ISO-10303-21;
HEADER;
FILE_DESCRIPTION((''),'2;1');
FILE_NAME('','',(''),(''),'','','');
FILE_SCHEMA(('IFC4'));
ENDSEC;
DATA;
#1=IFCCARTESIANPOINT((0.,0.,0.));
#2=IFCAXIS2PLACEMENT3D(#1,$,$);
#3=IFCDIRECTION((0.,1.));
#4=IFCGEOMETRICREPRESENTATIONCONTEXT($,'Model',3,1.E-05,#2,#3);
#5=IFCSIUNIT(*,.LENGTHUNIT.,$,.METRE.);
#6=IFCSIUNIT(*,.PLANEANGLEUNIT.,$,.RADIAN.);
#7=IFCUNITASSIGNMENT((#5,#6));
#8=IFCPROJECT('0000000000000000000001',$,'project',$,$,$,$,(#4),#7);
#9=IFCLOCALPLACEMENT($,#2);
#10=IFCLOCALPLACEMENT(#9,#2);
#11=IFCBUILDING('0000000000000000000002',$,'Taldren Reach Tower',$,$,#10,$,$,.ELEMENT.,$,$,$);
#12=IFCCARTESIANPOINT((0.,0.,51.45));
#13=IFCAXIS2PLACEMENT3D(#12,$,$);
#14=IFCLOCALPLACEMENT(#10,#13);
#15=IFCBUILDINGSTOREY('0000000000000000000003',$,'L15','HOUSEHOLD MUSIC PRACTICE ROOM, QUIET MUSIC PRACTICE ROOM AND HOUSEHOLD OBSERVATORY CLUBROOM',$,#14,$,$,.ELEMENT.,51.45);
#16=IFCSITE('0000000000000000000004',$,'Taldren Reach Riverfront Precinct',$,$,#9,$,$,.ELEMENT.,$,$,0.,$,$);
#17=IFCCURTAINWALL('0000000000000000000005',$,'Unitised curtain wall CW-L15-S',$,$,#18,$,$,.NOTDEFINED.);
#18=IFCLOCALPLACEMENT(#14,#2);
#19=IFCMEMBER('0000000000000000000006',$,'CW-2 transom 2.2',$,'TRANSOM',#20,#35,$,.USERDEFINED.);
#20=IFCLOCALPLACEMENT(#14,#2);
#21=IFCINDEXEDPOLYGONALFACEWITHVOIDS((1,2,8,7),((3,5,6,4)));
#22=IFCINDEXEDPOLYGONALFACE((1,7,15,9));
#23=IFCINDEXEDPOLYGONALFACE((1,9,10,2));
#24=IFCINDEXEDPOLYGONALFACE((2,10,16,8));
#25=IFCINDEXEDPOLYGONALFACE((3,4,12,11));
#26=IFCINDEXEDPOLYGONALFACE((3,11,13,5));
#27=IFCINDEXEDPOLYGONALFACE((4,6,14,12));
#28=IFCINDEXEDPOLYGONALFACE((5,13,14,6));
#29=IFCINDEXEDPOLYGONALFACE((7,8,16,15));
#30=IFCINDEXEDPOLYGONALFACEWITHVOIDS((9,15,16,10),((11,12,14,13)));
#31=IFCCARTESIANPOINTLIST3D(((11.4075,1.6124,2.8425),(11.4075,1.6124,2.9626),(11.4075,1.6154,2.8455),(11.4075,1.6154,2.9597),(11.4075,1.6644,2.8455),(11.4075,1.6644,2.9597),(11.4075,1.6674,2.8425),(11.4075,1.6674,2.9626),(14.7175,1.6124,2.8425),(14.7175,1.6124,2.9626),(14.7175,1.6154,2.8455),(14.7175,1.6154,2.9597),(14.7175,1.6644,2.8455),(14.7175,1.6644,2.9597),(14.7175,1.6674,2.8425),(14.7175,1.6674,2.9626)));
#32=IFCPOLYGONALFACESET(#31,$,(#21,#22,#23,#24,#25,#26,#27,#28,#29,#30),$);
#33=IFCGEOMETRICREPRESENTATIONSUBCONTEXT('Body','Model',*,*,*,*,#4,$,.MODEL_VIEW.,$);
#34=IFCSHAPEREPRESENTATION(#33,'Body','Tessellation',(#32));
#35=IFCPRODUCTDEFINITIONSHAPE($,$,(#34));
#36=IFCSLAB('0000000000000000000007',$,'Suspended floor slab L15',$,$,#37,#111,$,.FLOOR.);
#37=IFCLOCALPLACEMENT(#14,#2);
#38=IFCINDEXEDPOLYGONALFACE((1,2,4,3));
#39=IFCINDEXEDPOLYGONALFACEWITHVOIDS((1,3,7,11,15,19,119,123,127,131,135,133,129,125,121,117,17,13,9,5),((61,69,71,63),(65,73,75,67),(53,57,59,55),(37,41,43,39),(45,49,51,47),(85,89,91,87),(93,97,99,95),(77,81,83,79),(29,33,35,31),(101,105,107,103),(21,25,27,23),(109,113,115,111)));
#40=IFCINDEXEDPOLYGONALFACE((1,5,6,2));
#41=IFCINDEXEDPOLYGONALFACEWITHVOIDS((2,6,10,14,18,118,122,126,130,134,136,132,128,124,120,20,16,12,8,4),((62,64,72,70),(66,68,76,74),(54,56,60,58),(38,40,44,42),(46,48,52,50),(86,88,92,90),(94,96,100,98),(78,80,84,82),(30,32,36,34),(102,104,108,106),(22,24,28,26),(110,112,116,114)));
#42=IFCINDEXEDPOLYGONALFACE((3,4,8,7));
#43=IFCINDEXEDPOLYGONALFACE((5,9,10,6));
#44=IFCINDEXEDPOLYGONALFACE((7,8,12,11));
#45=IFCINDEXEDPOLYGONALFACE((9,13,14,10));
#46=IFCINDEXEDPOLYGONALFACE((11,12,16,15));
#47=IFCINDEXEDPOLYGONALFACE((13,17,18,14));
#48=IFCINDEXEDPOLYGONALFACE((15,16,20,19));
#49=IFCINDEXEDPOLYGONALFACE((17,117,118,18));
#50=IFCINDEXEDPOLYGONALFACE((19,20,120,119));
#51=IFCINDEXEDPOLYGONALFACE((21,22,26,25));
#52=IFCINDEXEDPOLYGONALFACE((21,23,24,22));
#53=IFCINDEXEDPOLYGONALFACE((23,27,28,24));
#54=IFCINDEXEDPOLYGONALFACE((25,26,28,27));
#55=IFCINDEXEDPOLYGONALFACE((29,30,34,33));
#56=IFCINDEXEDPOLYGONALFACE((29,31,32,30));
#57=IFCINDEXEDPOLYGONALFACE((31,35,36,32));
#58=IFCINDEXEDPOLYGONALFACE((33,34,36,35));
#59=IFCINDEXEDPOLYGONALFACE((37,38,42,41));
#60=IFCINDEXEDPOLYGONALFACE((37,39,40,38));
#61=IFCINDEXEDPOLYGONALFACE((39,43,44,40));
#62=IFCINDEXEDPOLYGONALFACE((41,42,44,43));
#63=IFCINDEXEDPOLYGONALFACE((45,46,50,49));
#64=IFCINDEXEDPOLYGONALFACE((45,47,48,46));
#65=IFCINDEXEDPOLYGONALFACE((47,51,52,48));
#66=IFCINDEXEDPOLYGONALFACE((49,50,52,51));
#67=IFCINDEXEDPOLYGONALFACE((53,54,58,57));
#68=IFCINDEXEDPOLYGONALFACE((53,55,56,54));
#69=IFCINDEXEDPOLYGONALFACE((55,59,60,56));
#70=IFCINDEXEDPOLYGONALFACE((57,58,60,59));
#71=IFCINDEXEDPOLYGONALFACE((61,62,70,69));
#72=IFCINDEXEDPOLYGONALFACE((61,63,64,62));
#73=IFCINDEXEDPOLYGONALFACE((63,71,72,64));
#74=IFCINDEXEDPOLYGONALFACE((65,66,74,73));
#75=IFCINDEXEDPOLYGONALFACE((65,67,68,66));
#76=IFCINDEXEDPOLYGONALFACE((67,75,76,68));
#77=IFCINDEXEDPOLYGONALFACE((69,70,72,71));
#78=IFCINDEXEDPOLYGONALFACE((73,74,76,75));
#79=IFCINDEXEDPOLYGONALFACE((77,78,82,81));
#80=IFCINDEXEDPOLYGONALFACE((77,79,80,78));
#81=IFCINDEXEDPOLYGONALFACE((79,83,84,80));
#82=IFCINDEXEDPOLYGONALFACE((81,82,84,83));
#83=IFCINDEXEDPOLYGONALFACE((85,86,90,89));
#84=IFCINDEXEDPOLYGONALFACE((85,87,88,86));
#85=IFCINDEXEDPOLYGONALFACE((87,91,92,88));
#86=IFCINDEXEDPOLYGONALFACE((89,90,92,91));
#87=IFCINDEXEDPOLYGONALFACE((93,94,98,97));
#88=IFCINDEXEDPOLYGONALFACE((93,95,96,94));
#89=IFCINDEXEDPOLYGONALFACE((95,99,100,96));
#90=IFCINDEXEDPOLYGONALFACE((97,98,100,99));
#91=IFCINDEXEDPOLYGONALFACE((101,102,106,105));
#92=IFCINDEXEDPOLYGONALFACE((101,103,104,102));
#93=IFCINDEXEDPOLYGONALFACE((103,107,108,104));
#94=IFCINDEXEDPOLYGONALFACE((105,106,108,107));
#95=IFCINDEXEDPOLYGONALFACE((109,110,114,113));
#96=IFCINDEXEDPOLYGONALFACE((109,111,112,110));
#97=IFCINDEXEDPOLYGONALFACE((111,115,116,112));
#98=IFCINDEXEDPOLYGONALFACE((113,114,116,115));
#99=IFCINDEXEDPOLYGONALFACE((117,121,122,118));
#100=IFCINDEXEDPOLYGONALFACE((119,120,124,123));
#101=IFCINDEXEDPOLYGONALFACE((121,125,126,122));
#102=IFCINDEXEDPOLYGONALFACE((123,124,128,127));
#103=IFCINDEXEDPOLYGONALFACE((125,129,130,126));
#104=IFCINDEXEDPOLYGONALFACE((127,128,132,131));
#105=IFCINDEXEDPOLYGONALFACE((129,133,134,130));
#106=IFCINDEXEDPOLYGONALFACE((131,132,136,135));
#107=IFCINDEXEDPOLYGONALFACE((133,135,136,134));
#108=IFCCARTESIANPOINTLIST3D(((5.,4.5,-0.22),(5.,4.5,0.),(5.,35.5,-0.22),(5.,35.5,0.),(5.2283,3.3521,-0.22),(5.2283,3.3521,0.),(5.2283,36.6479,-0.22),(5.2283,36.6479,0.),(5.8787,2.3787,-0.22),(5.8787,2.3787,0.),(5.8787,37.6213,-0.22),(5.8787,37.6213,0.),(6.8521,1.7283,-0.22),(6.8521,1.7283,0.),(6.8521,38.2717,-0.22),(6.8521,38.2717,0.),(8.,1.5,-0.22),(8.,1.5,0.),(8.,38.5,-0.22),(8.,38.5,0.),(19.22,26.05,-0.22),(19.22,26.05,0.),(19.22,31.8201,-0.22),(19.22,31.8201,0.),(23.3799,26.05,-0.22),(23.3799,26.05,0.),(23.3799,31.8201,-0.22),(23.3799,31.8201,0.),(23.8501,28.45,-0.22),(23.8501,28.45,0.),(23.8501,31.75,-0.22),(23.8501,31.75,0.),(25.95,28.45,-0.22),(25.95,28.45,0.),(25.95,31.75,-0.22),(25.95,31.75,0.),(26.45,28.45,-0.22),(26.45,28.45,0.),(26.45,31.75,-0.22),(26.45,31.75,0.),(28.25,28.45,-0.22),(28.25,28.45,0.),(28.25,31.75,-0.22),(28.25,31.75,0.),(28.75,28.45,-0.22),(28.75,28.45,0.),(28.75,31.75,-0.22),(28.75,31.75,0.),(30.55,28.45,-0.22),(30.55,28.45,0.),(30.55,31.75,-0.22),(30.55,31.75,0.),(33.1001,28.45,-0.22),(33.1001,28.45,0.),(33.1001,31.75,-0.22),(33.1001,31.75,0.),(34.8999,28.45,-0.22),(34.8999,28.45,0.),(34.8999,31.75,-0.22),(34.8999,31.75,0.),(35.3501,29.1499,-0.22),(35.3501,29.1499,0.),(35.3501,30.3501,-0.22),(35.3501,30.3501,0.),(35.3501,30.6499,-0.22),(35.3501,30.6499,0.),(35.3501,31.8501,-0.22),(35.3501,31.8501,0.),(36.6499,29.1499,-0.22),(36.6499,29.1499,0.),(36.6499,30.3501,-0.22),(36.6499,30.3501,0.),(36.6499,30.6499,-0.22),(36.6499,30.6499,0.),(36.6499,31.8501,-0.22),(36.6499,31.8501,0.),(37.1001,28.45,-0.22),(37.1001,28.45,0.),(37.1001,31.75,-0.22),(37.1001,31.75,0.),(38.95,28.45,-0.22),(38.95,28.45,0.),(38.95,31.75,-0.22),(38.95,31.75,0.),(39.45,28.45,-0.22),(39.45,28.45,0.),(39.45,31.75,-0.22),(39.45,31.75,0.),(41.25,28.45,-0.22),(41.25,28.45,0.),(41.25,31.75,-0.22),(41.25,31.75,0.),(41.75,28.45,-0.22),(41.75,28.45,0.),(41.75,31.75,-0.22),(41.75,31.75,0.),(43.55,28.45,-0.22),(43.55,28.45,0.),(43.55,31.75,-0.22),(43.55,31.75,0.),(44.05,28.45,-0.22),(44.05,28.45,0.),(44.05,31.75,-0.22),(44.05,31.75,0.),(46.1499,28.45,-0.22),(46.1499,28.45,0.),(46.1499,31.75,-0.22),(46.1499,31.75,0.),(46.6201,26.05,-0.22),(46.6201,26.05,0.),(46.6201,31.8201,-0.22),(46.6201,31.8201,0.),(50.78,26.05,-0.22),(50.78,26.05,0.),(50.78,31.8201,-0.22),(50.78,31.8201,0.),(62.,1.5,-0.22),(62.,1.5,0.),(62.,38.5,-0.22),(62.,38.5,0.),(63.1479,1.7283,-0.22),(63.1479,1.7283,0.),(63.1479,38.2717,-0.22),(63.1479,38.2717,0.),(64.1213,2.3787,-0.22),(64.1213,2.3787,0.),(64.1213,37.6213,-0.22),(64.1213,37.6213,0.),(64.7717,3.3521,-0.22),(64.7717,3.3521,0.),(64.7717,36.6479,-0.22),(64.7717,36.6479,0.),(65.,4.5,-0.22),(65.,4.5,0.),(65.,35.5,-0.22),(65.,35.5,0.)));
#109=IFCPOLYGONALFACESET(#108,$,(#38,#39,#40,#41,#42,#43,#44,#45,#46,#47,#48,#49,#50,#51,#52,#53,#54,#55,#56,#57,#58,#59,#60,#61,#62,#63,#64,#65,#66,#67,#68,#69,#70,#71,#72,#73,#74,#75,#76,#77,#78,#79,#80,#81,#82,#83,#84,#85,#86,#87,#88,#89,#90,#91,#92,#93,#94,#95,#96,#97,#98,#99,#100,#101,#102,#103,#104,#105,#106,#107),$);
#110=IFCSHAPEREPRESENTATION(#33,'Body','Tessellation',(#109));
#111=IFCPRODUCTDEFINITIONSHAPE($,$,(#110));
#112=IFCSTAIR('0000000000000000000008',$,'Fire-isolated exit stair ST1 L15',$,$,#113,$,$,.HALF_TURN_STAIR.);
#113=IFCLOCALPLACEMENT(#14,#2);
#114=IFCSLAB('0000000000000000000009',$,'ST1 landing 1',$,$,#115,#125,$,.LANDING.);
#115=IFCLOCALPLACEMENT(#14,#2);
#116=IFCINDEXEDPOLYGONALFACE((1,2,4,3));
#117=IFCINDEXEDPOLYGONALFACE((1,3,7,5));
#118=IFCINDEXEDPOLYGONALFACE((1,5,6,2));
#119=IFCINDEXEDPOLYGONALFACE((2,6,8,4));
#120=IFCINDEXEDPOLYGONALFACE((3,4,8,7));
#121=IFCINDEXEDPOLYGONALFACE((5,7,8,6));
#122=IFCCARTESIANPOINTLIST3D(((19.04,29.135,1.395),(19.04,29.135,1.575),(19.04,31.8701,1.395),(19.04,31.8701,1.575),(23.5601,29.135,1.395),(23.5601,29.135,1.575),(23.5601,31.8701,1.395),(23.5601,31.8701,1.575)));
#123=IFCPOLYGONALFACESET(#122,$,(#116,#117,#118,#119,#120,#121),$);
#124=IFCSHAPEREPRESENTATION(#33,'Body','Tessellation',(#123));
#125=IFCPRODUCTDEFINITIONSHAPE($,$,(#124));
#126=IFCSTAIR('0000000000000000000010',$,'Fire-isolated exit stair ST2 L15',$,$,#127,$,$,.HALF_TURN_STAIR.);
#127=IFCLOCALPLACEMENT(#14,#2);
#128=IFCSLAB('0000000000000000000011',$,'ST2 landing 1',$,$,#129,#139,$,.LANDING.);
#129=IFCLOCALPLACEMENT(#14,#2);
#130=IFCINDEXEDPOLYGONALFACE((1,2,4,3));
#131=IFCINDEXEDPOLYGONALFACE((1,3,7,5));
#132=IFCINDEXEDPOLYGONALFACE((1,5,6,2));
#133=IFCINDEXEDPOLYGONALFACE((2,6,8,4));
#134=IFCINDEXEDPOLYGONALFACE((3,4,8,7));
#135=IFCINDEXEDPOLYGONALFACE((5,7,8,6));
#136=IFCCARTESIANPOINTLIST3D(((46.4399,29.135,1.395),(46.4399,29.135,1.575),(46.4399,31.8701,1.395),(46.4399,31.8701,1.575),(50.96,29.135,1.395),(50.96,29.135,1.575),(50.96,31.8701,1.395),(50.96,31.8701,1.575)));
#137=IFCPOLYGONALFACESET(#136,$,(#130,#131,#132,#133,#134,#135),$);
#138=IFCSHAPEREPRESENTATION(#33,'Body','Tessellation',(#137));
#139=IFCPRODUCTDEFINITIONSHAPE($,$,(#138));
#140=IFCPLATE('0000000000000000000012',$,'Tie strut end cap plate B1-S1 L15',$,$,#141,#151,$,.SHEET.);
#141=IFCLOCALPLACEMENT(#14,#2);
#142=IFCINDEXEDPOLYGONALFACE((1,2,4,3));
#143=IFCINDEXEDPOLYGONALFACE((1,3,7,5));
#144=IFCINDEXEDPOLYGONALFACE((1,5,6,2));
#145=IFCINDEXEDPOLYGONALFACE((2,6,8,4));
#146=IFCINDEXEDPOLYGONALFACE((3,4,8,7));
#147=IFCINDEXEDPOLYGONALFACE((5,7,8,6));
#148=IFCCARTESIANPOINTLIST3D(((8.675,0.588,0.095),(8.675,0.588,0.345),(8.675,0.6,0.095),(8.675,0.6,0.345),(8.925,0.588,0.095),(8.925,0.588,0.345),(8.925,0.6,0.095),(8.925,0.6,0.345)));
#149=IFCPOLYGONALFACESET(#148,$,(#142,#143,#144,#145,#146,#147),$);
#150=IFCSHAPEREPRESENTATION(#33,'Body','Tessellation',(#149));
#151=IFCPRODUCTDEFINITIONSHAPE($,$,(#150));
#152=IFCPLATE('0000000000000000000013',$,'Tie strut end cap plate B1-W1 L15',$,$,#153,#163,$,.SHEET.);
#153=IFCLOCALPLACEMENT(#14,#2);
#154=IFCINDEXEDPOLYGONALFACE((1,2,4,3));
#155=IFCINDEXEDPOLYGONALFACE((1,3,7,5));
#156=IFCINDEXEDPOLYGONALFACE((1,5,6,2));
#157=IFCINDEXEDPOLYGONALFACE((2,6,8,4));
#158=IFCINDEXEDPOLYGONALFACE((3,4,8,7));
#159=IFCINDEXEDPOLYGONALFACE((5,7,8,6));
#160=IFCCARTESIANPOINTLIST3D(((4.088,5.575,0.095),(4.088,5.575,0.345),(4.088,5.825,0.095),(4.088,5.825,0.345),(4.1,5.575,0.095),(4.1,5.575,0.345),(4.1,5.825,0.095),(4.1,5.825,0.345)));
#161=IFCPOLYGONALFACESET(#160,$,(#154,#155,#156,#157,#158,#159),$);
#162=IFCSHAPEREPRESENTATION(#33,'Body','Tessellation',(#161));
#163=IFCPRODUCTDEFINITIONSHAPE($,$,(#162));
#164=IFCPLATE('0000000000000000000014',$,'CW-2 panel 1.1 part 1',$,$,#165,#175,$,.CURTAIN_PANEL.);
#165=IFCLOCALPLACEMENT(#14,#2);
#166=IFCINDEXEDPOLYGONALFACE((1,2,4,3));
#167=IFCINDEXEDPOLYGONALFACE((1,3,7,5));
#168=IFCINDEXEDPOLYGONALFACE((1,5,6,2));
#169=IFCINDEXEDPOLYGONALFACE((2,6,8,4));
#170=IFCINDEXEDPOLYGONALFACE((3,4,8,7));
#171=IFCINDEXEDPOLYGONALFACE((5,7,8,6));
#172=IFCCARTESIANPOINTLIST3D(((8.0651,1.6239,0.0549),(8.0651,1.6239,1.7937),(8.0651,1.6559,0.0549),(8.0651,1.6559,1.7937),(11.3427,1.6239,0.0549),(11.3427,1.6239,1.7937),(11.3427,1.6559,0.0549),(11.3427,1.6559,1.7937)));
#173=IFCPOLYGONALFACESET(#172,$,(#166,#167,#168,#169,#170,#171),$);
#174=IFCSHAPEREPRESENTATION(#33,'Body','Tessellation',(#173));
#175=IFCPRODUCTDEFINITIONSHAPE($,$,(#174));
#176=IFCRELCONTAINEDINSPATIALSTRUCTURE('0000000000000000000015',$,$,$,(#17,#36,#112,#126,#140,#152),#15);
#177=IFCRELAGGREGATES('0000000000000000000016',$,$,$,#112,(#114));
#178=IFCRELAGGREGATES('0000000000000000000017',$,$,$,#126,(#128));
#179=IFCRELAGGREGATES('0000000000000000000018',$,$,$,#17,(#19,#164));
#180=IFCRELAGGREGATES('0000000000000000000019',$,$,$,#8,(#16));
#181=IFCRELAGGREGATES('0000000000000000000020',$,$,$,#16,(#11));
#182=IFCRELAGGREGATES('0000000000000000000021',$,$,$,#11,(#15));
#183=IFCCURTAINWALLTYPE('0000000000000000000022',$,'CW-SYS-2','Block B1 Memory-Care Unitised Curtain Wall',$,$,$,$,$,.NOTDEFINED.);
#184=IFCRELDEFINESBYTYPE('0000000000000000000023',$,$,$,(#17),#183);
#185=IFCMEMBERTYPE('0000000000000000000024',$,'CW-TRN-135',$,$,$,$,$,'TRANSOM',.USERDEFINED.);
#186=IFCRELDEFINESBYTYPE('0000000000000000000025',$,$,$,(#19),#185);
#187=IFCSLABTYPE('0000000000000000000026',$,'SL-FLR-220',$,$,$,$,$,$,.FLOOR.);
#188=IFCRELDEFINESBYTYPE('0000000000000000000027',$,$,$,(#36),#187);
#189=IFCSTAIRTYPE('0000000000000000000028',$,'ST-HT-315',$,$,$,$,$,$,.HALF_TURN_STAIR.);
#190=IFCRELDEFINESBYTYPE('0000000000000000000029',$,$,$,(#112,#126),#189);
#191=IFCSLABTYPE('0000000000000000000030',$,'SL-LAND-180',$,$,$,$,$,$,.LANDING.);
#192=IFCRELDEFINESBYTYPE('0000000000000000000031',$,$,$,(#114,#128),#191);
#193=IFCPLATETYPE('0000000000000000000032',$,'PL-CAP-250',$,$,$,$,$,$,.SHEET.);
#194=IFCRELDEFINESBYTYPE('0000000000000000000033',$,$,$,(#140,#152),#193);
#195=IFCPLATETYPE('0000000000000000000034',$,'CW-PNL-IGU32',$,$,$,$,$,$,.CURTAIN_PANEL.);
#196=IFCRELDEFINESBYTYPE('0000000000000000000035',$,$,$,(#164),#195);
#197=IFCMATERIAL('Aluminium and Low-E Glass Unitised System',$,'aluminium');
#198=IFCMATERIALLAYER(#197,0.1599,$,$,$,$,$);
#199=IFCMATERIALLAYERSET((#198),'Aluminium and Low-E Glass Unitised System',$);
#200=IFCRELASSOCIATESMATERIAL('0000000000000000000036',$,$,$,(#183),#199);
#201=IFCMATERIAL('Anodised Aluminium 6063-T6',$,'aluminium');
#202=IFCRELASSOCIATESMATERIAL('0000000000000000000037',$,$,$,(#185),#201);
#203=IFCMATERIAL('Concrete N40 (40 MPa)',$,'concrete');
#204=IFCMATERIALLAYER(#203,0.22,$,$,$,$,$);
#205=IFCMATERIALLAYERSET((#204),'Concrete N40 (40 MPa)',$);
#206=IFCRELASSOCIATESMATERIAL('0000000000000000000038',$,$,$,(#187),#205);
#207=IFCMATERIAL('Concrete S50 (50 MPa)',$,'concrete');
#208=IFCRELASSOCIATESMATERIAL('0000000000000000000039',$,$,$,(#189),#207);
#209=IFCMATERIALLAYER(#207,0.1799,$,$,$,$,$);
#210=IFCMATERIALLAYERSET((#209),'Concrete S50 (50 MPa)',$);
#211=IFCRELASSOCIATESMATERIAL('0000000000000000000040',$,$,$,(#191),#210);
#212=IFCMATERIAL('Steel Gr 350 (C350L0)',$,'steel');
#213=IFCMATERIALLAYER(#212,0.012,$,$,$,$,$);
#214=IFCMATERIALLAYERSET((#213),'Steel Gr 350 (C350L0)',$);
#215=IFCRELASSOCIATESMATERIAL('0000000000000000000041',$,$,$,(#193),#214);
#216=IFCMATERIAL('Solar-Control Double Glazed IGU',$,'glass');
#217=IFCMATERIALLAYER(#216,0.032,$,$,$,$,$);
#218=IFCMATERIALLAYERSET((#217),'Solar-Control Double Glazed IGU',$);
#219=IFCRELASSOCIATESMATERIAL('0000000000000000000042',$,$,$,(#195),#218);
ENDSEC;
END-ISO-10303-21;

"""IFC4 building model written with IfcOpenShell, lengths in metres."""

from ifc_helpers import new_model, si_unit, direction, frame, origin, origin_2d, place, context, subcontext, project, spatial, polyline, rectangle, hollow_rectangle, outline, extrude, source, transform, mapped, material, layer, layer_set, material_profile, profile_set, type_object, element, aggregate, save


model = new_model("IFC4")

# Units and contexts
model_context = context("Model", 3, precision=1e-05, world=origin(), true_north=direction((0.0, 1.0)))
body_context = subcontext(model_context, "Body", "Model", "MODEL_VIEW")
ifc_project = project(units=[si_unit("LENGTHUNIT", "METRE"), si_unit("PLANEANGLEUNIT", "RADIAN")], contexts=[model_context])

# Site, building, storey
site_placement = place(None, origin())
site = spatial("IfcSite", under=ifc_project, at=site_placement, Name="Taldren Reach Riverfront Precinct", CompositionType="ELEMENT", RefElevation=0.0)
building_placement = place(site_placement, origin())
building = spatial("IfcBuilding", under=site, at=building_placement, Name="Taldren Reach Tower", CompositionType="ELEMENT")
storey_placement = place(building_placement, frame((0.0, 0.0, 51.45)))
storey = spatial("IfcBuildingStorey", under=building, at=storey_placement, Name="L15", Description="HOUSEHOLD MUSIC PRACTICE ROOM, QUIET MUSIC PRACTICE ROOM AND HOUSEHOLD OBSERVATORY CLUBROOM", CompositionType="ELEMENT", Elevation=51.45)

# Shared definitions
ifc_material_1 = material(Name="Steel Gr 350 (C350L0)", Category="steel")

# Curtain wall
ifc_material_2 = material(Name="Aluminium and Low-E Glass Unitised System", Category="aluminium")
ifc_layer_1 = layer(ifc_material_2, 0.1599)
ifc_layer_set_1 = layer_set([ifc_layer_1], Name="Aluminium and Low-E Glass Unitised System")
curtain_wall_type = type_object("IfcCurtainWallType", Name="CW-SYS-2", Description="Block B1 Memory-Care Unitised Curtain Wall", PredefinedType="NOTDEFINED", material=ifc_layer_set_1)
curtain_wall_1_placement = place(storey_placement, origin())
curtain_wall_1 = element("IfcCurtainWall", 1, at=curtain_wall_1_placement, inside=storey, type_object=curtain_wall_type, Name="Unitised curtain wall CW-L15-S", PredefinedType="NOTDEFINED")
ifc_material_3 = material(Name="Anodised Aluminium 6063-T6", Category="aluminium")

# Member
ifc_material_profile_1 = material_profile(ifc_material_3, hollow_rectangle(XDim=0.0549, YDim=0.1201, WallThickness=0.0029, at=origin_2d()), Name="ALU-120x55x3RHS")
ifc_profile_set_1 = profile_set([ifc_material_profile_1], Name="Anodised Aluminium 6063-T6")
member_type_1 = type_object("IfcMemberType", Name="CW-TRN-135", ElementType="TRANSOM", PredefinedType="USERDEFINED", material=ifc_profile_set_1)
shared_shape_1 = source(origin(), body_context, "Body", "SweptSolid", [
    extrude(hollow_rectangle(XDim=0.0549, YDim=0.1201, WallThickness=0.0029, at=origin_2d()), origin(), (0.0, 0.0, 1.0), 3.3101),
])
member_1_placement = place(storey_placement, frame((11.4075, 1.6399, 2.9026), z_axis=(1.0, 0.0, 0.0), x_axis=(0.0, 1.0, 0.0)))
member_1 = element("IfcMember", 2, at=member_1_placement, type_object=member_type_1, Name="CW-2 transom 2.2", ObjectType="TRANSOM", PredefinedType="USERDEFINED", context=body_context, shape_type="MappedRepresentation", body=[
    mapped(shared_shape_1, transform((0.0, 0.0, 0.0), scale=1.0)),
])

# Slab
ifc_material_4 = material(Name="Concrete N40 (40 MPa)", Category="concrete")
ifc_layer_2 = layer(ifc_material_4, 0.22)
ifc_layer_set_2 = layer_set([ifc_layer_2], Name="Concrete N40 (40 MPa)")
slab_type_1 = type_object("IfcSlabType", Name="SL-FLR-220", PredefinedType="FLOOR", material=ifc_layer_set_2)
slab_1_placement = place(storey_placement, frame((0.0, 0.0, -0.22)))
element("IfcSlab", 3, at=slab_1_placement, inside=storey, type_object=slab_type_1, Name="Suspended floor slab L15", PredefinedType="FLOOR", context=body_context, shape_type="SweptSolid", body=[
    extrude(outline(polyline([(62.0, 1.5), (63.1479, 1.7283), (64.1213, 2.3787), (64.7717, 3.3521), (65.0, 4.5), (65.0, 35.5), (64.7717, 36.6479), (64.1213, 37.6213), (63.1479, 38.2717), (62.0, 38.5), (8.0, 38.5), (6.8521, 38.2717), (5.8787, 37.6213), (5.2283, 36.6479), (5.0, 35.5), (5.0, 4.5), (5.2283, 3.3521), (5.8787, 2.3787), (6.8521, 1.7283), (8.0, 1.5), (62.0, 1.5)]), holes=[polyline([(19.22, 26.05), (23.3799, 26.05), (23.3799, 31.8201), (19.22, 31.8201), (19.22, 26.05)]), polyline([(46.6201, 26.05), (50.78, 26.05), (50.78, 31.8201), (46.6201, 31.8201), (46.6201, 26.05)]), polyline([(23.8501, 28.45), (25.95, 28.45), (25.95, 31.75), (23.8501, 31.75), (23.8501, 28.45)]), polyline([(44.05, 28.45), (46.1499, 28.45), (46.1499, 31.75), (44.05, 31.75), (44.05, 28.45)]), polyline([(26.45, 28.45), (28.25, 28.45), (28.25, 31.75), (26.45, 31.75), (26.45, 28.45)]), polyline([(28.75, 28.45), (30.55, 28.45), (30.55, 31.75), (28.75, 31.75), (28.75, 28.45)]), polyline([(33.1001, 28.45), (34.8999, 28.45), (34.8999, 31.75), (33.1001, 31.75), (33.1001, 28.45)]), polyline([(37.1001, 28.45), (38.95, 28.45), (38.95, 31.75), (37.1001, 31.75), (37.1001, 28.45)]), polyline([(39.45, 28.45), (41.25, 28.45), (41.25, 31.75), (39.45, 31.75), (39.45, 28.45)]), polyline([(41.75, 28.45), (43.55, 28.45), (43.55, 31.75), (41.75, 31.75), (41.75, 28.45)]), polyline([(35.3501, 30.6499), (36.6499, 30.6499), (36.6499, 31.8501), (35.3501, 31.8501), (35.3501, 30.6499)]), polyline([(35.3501, 29.1499), (36.6499, 29.1499), (36.6499, 30.3501), (35.3501, 30.3501), (35.3501, 29.1499)])]), origin(), (0.0, 0.0, 1.0), 0.22),
])

# Stairs, slabs
ifc_material_5 = material(Name="Concrete S50 (50 MPa)", Category="concrete")
stair_type = type_object("IfcStairType", Name="ST-HT-315", PredefinedType="HALF_TURN_STAIR", material=ifc_material_5)
stair_1_placement = place(storey_placement, origin())
stair_1 = element("IfcStair", 4, at=stair_1_placement, inside=storey, type_object=stair_type, Name="Fire-isolated exit stair ST1 L15", PredefinedType="HALF_TURN_STAIR")
ifc_layer_3 = layer(ifc_material_5, 0.1799)
ifc_layer_set_3 = layer_set([ifc_layer_3], Name="Concrete S50 (50 MPa)")
slab_type_2 = type_object("IfcSlabType", Name="SL-LAND-180", PredefinedType="LANDING", material=ifc_layer_set_3)
slab_2_placement = place(storey_placement, frame((0.0, 0.0, 1.395)))
slab_2 = element("IfcSlab", 5, at=slab_2_placement, type_object=slab_type_2, Name="ST1 landing 1", PredefinedType="LANDING", context=body_context, shape_type="SweptSolid", body=[
    extrude(outline(polyline([(19.04, 29.135), (23.5601, 29.135), (23.5601, 31.8701), (19.04, 31.8701), (19.04, 29.135)])), origin(), (0.0, 0.0, 1.0), 0.1799),
])
aggregate(stair_1, [slab_2])
stair_2_placement = place(storey_placement, origin())
stair_2 = element("IfcStair", 6, at=stair_2_placement, inside=storey, type_object=stair_type, Name="Fire-isolated exit stair ST2 L15", PredefinedType="HALF_TURN_STAIR")
slab_3_placement = place(storey_placement, frame((0.0, 0.0, 1.395)))
slab_3 = element("IfcSlab", 7, at=slab_3_placement, type_object=slab_type_2, Name="ST2 landing 1", PredefinedType="LANDING", context=body_context, shape_type="SweptSolid", body=[
    extrude(outline(polyline([(46.4399, 29.135), (50.96, 29.135), (50.96, 31.8701), (46.4399, 31.8701), (46.4399, 29.135)])), origin(), (0.0, 0.0, 1.0), 0.1799),
])
aggregate(stair_2, [slab_3])

# Plates
ifc_layer_4 = layer(ifc_material_1, 0.012)
ifc_layer_set_4 = layer_set([ifc_layer_4], Name="Steel Gr 350 (C350L0)")
plate_type_1 = type_object("IfcPlateType", Name="PL-CAP-250", PredefinedType="SHEET", material=ifc_layer_set_4)
shared_shape_2 = source(origin(), body_context, "Body", "SweptSolid", [
    extrude(rectangle(XDim=0.25, YDim=0.012, at=origin_2d()), origin(), (0.0, 0.0, 1.0), 0.25),
])
plate_1_placement = place(storey_placement, frame((8.8, 0.594, 0.095), z_axis=(0.0, 0.0, 1.0), x_axis=(1.0, 0.0, 0.0)))
element("IfcPlate", 8, at=plate_1_placement, inside=storey, type_object=plate_type_1, Name="Tie strut end cap plate B1-S1 L15", PredefinedType="SHEET", context=body_context, shape_type="MappedRepresentation", body=[
    mapped(shared_shape_2, transform((0.0, 0.0, 0.0), scale=1.0)),
])
shared_shape_3 = source(origin(), body_context, "Body", "SweptSolid", [
    extrude(rectangle(XDim=0.012, YDim=0.25, at=origin_2d()), origin(), (0.0, 0.0, 1.0), 0.25),
])
plate_2_placement = place(storey_placement, frame((4.094, 5.7, 0.095), z_axis=(0.0, 0.0, 1.0), x_axis=(1.0, 0.0, 0.0)))
element("IfcPlate", 9, at=plate_2_placement, inside=storey, type_object=plate_type_1, Name="Tie strut end cap plate B1-W1 L15", PredefinedType="SHEET", context=body_context, shape_type="MappedRepresentation", body=[
    mapped(shared_shape_3, transform((0.0, 0.0, 0.0), scale=1.0)),
])

# Plate
ifc_material_6 = material(Name="Solar-Control Double Glazed IGU", Category="glass")
ifc_layer_5 = layer(ifc_material_6, 0.032)
ifc_layer_set_5 = layer_set([ifc_layer_5], Name="Solar-Control Double Glazed IGU")
plate_type_2 = type_object("IfcPlateType", Name="CW-PNL-IGU32", PredefinedType="CURTAIN_PANEL", material=ifc_layer_set_5)
shared_shape_4 = source(origin(), body_context, "Body", "SweptSolid", [
    extrude(rectangle(XDim=3.2776, YDim=0.032, at=origin_2d()), origin(), (0.0, 0.0, 1.0), 1.7388),
])
plate_3_placement = place(storey_placement, frame((9.7039, 1.6399, 0.0549), z_axis=(0.0, 0.0, 1.0), x_axis=(1.0, 0.0, 0.0)))
plate_3 = element("IfcPlate", 10, at=plate_3_placement, type_object=plate_type_2, Name="CW-2 panel 1.1 part 1", PredefinedType="CURTAIN_PANEL", context=body_context, shape_type="MappedRepresentation", body=[
    mapped(shared_shape_4, transform((0.0, 0.0, 0.0), scale=1.0)),
])
aggregate(curtain_wall_1, [member_1, plate_3])

save(model, "model.ifc")
